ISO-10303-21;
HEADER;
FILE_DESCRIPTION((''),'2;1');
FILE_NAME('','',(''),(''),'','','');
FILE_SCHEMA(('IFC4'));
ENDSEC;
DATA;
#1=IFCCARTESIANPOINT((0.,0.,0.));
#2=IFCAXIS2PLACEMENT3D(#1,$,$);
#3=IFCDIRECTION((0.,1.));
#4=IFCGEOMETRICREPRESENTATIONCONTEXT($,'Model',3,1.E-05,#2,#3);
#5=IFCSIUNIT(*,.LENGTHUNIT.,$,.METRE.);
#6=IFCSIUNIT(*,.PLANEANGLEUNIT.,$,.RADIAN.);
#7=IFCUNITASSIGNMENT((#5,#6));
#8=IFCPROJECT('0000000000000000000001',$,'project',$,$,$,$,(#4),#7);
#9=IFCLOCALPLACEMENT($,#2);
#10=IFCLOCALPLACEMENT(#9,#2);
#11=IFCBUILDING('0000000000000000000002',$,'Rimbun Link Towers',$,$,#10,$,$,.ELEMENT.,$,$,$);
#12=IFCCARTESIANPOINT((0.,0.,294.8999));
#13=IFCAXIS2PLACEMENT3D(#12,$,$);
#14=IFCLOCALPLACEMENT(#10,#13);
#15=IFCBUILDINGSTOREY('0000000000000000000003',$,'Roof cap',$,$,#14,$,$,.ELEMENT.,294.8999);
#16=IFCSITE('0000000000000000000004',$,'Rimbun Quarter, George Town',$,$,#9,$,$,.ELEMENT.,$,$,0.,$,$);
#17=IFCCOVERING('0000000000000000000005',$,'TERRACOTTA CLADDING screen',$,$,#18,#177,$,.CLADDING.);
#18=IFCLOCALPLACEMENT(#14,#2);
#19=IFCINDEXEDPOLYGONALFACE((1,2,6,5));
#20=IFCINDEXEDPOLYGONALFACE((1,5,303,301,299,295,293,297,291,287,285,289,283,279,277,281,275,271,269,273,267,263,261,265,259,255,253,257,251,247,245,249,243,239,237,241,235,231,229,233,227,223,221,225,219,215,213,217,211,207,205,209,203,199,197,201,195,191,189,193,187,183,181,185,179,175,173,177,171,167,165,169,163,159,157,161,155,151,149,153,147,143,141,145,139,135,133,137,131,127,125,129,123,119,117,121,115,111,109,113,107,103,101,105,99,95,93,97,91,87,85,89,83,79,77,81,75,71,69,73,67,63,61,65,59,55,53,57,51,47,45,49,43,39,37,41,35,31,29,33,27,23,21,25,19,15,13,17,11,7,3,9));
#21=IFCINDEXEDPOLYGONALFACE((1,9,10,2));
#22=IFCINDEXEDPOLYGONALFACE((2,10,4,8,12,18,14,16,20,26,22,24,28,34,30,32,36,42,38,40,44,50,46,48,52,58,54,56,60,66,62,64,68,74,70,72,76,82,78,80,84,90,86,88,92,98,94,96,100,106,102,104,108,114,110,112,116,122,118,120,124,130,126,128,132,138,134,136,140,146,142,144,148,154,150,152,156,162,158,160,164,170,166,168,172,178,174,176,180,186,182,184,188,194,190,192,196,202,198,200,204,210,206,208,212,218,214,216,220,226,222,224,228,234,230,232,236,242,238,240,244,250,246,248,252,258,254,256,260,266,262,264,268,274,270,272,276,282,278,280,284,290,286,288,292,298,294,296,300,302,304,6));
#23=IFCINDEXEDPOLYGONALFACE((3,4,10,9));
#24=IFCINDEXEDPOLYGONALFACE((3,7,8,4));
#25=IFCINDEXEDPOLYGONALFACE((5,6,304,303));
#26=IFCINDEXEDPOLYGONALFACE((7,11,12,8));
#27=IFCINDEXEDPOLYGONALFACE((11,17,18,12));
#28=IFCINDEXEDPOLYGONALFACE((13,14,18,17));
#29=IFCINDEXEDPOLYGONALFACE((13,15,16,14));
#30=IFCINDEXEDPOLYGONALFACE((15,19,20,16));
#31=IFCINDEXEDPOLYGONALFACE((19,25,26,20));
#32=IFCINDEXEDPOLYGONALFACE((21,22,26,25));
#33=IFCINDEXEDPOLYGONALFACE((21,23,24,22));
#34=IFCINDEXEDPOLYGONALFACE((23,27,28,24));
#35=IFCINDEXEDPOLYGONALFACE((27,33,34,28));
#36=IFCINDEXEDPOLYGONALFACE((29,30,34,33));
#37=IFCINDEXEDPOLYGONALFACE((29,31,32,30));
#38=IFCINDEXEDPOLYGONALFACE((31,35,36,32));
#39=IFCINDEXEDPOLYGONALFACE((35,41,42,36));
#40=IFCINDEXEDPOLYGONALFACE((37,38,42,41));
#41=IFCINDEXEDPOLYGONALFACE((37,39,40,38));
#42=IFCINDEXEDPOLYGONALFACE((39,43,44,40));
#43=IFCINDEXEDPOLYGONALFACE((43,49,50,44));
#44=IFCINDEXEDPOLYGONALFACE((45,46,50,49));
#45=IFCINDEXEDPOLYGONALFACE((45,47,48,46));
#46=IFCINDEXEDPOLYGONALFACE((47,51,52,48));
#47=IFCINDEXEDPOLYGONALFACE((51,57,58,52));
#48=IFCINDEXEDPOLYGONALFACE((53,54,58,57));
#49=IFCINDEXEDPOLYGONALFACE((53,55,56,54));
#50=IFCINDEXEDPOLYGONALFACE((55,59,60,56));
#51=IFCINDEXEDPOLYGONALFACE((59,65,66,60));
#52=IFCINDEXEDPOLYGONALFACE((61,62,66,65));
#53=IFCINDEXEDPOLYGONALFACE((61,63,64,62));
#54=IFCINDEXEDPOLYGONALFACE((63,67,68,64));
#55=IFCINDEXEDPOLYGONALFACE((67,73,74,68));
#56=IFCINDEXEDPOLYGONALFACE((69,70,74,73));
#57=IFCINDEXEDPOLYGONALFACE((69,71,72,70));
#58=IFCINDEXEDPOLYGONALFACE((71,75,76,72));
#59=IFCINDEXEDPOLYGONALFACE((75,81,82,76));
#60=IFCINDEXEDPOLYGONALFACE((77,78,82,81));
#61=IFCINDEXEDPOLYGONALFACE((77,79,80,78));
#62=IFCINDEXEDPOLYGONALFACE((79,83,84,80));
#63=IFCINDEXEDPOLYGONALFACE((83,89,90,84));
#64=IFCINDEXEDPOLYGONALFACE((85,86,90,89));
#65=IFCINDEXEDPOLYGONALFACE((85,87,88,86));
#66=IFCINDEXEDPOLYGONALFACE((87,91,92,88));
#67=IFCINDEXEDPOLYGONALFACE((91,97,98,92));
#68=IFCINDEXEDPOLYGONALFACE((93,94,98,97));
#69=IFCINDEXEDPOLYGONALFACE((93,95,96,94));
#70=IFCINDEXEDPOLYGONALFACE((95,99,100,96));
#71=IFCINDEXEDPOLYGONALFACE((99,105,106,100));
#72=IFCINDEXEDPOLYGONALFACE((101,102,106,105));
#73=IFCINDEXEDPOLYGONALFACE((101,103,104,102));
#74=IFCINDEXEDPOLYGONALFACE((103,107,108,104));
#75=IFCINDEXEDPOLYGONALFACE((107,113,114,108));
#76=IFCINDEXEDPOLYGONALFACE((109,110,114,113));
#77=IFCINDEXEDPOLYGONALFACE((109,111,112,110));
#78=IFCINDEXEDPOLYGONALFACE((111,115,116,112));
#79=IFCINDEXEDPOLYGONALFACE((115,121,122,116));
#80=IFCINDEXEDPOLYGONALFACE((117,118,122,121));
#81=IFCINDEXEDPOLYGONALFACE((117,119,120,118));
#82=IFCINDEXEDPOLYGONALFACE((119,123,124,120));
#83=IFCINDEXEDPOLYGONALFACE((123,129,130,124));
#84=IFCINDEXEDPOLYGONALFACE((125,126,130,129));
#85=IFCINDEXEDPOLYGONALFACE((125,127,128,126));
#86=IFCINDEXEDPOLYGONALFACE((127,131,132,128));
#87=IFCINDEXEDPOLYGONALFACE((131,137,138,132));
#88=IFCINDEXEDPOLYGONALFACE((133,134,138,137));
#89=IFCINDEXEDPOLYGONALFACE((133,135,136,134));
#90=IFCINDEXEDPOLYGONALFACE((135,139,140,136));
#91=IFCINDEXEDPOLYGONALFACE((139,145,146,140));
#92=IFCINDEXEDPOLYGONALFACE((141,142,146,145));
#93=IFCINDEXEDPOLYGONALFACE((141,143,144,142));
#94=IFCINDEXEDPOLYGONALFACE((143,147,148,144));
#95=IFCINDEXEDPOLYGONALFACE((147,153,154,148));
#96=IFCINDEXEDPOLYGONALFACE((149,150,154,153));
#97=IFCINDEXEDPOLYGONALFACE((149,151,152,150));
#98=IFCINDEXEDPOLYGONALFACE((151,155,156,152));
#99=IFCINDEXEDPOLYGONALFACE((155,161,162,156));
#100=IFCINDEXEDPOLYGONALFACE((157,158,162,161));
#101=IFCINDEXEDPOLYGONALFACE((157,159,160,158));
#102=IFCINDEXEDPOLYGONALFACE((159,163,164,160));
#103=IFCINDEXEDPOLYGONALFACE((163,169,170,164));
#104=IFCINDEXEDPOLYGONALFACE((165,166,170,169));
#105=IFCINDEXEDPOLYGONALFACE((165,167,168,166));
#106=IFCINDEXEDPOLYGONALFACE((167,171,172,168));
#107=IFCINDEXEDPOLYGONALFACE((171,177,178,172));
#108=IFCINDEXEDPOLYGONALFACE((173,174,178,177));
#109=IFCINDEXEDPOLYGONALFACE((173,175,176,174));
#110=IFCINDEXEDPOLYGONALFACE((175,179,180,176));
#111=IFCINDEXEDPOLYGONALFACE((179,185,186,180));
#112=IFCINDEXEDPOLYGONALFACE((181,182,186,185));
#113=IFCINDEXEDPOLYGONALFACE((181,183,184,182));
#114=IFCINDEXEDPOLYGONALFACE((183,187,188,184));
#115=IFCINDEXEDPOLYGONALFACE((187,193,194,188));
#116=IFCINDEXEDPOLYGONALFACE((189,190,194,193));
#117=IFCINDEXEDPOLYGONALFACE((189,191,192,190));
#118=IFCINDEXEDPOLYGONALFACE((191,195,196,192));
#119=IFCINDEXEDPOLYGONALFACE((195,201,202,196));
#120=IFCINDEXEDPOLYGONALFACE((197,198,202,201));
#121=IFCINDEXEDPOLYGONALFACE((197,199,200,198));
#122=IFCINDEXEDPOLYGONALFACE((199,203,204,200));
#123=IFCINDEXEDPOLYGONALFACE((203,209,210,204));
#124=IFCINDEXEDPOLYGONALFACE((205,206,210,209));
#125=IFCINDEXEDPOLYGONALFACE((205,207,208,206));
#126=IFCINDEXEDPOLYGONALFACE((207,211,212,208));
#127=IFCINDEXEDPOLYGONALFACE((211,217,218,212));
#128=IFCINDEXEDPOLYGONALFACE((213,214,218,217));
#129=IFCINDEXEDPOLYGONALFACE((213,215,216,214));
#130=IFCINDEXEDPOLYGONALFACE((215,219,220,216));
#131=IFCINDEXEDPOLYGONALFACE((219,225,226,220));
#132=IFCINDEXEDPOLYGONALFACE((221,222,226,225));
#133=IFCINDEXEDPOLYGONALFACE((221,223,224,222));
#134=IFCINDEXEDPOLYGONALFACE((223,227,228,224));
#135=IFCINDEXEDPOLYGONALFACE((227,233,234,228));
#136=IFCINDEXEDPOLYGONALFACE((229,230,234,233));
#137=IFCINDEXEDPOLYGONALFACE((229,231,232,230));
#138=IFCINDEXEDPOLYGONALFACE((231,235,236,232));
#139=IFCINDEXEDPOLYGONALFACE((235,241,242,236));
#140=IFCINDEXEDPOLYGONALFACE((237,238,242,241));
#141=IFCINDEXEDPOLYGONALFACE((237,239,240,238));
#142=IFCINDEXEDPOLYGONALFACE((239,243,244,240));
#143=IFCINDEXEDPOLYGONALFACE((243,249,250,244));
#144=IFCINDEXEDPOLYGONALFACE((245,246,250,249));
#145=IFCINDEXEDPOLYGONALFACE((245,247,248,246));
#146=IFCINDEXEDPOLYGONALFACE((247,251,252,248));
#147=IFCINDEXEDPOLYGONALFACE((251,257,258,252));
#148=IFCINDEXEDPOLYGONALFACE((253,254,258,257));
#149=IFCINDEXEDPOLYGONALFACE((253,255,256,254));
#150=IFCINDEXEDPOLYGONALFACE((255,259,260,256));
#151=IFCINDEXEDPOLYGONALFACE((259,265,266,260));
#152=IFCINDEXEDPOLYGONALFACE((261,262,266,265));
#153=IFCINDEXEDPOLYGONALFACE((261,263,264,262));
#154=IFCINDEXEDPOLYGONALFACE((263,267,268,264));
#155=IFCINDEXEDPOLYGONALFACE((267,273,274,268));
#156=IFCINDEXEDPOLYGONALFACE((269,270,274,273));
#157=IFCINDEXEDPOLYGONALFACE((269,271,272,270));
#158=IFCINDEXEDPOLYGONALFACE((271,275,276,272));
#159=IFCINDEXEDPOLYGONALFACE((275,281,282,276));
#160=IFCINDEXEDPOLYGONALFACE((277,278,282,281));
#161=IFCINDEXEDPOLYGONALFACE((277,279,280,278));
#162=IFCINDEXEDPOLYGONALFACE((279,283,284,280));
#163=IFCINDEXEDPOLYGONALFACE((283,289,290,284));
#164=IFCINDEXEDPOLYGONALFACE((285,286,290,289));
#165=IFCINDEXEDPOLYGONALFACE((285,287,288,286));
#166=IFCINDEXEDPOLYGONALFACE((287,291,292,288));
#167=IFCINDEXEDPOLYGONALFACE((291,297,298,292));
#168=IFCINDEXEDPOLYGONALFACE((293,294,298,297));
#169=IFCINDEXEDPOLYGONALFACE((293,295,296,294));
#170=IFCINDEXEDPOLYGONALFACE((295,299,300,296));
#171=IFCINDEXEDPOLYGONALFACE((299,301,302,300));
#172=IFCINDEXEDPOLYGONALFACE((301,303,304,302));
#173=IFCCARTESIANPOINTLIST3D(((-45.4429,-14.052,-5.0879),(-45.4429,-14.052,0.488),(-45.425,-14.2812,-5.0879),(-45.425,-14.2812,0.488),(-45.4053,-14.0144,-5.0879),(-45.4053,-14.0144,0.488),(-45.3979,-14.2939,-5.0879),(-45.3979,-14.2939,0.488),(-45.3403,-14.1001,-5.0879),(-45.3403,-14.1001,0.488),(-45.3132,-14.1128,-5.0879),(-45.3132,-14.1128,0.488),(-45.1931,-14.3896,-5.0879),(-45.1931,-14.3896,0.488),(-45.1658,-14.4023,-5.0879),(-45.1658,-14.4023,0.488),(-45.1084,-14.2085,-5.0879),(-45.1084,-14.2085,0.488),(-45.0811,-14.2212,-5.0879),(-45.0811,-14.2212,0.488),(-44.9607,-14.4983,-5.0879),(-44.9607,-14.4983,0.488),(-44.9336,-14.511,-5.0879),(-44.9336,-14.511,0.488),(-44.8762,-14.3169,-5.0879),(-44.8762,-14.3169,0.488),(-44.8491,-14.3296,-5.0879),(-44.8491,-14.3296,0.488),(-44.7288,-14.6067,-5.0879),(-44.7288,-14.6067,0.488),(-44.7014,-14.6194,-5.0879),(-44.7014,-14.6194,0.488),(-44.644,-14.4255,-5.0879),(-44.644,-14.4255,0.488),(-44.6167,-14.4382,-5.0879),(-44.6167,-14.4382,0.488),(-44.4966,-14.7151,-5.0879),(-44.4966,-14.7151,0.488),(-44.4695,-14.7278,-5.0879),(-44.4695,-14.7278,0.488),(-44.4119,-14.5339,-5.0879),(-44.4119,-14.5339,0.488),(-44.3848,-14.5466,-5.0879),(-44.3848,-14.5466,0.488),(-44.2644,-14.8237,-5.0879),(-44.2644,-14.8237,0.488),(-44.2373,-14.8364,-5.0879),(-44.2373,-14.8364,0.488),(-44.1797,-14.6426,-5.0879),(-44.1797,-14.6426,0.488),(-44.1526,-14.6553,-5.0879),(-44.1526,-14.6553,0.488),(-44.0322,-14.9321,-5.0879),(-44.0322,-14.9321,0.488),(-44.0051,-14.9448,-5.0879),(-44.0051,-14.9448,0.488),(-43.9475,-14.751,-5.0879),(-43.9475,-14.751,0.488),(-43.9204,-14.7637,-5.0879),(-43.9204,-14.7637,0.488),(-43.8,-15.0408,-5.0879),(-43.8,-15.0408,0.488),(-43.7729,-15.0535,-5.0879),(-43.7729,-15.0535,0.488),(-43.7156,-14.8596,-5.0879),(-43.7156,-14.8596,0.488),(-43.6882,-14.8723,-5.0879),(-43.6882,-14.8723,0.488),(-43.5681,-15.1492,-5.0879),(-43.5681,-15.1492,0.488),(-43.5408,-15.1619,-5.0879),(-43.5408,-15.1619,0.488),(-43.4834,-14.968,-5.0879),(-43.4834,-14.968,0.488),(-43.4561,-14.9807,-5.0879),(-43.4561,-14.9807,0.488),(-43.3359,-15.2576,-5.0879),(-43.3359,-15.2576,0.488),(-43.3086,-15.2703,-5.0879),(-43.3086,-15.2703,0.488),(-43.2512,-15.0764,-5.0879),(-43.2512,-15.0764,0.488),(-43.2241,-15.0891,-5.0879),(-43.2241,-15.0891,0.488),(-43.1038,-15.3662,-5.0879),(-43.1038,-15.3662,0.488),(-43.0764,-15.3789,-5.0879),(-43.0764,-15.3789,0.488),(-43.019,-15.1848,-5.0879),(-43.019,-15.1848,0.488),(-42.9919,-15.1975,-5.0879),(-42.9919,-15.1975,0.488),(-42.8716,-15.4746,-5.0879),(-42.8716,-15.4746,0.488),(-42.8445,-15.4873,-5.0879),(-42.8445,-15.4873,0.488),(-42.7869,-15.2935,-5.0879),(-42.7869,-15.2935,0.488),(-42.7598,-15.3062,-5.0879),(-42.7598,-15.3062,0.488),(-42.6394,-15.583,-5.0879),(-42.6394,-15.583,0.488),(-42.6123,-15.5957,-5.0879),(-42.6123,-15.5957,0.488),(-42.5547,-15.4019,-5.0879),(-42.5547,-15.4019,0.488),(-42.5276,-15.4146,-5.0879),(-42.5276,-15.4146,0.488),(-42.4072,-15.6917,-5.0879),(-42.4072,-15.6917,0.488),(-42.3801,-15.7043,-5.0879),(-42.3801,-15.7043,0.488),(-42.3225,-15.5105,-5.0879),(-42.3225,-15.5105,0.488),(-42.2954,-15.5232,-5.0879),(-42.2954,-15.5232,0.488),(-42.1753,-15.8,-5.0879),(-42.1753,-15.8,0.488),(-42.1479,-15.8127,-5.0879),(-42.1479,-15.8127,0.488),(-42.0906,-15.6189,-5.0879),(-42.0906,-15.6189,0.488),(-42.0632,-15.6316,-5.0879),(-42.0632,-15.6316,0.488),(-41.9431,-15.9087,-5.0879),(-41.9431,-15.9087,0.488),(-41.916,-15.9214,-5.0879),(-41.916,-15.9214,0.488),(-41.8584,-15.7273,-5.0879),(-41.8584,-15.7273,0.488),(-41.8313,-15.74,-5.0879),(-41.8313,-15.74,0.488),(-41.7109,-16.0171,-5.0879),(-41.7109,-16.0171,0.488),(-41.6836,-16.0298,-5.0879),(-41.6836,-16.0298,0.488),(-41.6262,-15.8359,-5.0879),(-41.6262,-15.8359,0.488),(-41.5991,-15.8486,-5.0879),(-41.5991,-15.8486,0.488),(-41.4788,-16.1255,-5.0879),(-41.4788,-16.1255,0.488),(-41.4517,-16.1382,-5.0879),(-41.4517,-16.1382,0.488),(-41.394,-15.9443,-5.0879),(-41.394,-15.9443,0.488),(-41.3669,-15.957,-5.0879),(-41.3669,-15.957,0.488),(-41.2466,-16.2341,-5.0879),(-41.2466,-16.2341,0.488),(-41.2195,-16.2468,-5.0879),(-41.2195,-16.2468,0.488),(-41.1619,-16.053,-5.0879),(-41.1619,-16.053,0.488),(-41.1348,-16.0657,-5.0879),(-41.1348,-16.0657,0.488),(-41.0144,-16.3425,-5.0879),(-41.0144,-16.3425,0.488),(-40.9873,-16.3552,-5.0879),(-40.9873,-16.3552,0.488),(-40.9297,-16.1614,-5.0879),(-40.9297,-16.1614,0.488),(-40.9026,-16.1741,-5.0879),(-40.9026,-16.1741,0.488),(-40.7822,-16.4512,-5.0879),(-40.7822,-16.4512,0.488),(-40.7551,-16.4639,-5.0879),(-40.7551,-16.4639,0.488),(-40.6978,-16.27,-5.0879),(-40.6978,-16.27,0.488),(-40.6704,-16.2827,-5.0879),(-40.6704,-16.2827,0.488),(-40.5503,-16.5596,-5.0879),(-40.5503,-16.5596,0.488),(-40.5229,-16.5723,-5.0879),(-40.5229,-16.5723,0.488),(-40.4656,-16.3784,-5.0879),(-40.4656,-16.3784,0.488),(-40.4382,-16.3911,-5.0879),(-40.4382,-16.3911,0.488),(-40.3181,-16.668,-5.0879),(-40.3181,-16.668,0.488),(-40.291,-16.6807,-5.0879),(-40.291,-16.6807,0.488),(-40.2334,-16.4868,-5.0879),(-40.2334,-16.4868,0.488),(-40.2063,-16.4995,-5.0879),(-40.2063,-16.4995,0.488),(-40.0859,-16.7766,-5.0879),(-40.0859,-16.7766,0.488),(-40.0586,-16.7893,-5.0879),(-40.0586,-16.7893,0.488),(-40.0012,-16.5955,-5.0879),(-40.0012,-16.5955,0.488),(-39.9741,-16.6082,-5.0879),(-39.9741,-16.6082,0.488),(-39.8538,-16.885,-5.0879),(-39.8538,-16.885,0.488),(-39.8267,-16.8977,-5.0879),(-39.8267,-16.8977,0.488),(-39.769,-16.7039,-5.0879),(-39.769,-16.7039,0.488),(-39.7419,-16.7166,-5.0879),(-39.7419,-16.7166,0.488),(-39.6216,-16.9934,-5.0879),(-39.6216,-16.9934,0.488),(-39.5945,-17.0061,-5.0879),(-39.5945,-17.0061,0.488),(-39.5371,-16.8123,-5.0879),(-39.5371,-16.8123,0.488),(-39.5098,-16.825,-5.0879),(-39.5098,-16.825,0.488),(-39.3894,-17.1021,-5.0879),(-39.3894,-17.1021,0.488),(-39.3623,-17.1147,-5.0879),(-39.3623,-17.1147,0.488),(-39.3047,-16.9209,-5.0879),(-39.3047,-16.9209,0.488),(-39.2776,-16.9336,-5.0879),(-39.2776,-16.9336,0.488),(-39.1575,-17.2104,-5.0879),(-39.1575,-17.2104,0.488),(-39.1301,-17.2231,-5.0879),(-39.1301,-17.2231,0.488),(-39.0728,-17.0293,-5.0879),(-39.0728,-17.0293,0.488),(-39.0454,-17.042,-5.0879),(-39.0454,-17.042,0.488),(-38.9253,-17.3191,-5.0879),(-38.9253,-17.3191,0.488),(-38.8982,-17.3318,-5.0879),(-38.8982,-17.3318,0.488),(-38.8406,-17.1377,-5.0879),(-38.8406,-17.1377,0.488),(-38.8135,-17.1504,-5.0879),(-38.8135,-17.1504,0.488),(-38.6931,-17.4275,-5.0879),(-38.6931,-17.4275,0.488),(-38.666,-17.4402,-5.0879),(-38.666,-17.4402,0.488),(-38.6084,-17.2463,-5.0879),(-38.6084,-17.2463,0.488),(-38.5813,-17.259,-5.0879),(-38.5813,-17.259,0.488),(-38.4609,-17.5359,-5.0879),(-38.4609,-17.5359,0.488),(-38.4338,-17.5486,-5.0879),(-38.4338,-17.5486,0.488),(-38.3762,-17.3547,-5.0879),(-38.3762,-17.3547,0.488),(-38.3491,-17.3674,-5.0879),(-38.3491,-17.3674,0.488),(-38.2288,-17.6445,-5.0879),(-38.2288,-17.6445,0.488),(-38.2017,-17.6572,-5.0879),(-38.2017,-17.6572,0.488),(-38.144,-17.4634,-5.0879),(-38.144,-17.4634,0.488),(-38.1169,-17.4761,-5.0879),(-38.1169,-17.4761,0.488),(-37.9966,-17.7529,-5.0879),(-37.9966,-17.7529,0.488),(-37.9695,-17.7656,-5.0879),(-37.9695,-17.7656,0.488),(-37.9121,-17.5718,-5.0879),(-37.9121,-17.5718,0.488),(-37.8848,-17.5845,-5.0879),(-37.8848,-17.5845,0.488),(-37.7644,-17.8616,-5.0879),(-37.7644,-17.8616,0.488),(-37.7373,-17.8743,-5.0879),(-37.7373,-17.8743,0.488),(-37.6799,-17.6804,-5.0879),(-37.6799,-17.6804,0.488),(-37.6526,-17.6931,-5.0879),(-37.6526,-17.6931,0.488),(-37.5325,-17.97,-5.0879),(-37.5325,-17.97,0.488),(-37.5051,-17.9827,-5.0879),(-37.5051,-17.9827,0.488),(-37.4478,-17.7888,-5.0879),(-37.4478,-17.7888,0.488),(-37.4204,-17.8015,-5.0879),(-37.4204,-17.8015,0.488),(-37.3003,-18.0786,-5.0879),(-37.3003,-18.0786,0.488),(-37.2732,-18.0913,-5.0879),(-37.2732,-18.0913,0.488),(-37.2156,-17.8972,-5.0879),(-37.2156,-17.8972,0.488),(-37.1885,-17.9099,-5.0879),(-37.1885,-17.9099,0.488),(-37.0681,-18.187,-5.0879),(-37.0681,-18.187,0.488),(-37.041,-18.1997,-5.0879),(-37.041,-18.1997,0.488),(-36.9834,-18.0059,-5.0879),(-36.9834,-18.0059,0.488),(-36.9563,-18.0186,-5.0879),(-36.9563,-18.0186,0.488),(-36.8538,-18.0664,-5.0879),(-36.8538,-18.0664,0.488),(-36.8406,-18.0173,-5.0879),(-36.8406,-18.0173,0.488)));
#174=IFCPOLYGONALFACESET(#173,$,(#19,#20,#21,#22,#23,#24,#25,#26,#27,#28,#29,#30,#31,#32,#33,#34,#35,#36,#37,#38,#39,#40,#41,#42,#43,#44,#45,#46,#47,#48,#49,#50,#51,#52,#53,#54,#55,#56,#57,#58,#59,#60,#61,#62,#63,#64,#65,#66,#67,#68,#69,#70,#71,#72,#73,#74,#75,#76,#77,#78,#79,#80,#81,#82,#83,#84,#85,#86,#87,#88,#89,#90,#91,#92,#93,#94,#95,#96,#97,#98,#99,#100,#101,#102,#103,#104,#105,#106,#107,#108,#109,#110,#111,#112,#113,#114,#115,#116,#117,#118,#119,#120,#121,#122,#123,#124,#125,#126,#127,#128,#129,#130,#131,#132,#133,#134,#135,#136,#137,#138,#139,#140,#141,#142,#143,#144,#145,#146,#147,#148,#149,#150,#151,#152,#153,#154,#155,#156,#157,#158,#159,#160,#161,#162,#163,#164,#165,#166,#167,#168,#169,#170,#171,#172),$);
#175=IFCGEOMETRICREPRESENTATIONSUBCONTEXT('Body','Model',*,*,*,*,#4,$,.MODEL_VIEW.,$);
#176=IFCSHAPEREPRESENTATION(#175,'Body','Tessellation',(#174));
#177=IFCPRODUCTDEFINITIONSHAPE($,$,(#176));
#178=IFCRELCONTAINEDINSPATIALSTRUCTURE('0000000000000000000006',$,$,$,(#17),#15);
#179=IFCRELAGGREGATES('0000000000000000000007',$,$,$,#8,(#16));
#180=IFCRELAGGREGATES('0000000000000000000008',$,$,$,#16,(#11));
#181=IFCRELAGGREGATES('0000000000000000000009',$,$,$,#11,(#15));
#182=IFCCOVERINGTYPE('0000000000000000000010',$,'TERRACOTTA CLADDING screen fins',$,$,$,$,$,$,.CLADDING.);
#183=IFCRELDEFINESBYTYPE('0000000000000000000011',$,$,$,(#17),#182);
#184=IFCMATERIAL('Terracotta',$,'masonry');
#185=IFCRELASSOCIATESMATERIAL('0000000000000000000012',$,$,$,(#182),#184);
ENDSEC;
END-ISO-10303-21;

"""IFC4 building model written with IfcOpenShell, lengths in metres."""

from ifc_helpers import new_model, si_unit, direction, frame, origin, place, context, subcontext, project, spatial, polyline, outline, extrude, material, type_object, element, save


model = new_model("IFC4")

# Units and contexts
model_context = context("Model", 3, precision=1e-05, world=origin(), true_north=direction((0.0, 1.0)))
body_context = subcontext(model_context, "Body", "Model", "MODEL_VIEW")
ifc_project = project(units=[si_unit("LENGTHUNIT", "METRE"), si_unit("PLANEANGLEUNIT", "RADIAN")], contexts=[model_context])

# Site, building, storey
site_placement = place(None, origin())
site = spatial("IfcSite", under=ifc_project, at=site_placement, Name="Rimbun Quarter, George Town", CompositionType="ELEMENT", RefElevation=0.0)
building_placement = place(site_placement, origin())
building = spatial("IfcBuilding", under=site, at=building_placement, Name="Rimbun Link Towers", CompositionType="ELEMENT")
storey_placement = place(building_placement, frame((0.0, 0.0, 294.8999)))
storey = spatial("IfcBuildingStorey", under=building, at=storey_placement, Name="Roof cap", CompositionType="ELEMENT", Elevation=294.8999)

# Covering
ifc_material = material(Name="Terracotta", Category="masonry")
covering_type = type_object("IfcCoveringType", Name="TERRACOTTA CLADDING screen fins", PredefinedType="CLADDING", material=ifc_material)
covering_1_placement = place(storey_placement, frame((0.0, 0.0, -5.0879)))
element("IfcCovering", 1, at=covering_1_placement, inside=storey, type_object=covering_type, Name="TERRACOTTA CLADDING screen", PredefinedType="CLADDING", context=body_context, shape_type="SweptSolid", body=[
    extrude(outline(polyline([(-45.4429, -14.052), (-45.3403, -14.1001), (-45.425, -14.2812), (-45.3979, -14.2939), (-45.3132, -14.1128), (-45.1084, -14.2085), (-45.1931, -14.3896), (-45.1658, -14.4023), (-45.0811, -14.2212), (-44.8762, -14.3169), (-44.9607, -14.4983), (-44.9336, -14.511), (-44.8491, -14.3296), (-44.644, -14.4255), (-44.7288, -14.6067), (-44.7014, -14.6194), (-44.6167, -14.4382), (-44.4119, -14.5339), (-44.4966, -14.7151), (-44.4695, -14.7278), (-44.3848, -14.5466), (-44.1797, -14.6426), (-44.2644, -14.8237), (-44.2373, -14.8364), (-44.1526, -14.6553), (-43.9475, -14.751), (-44.0322, -14.9321), (-44.0051, -14.9448), (-43.9204, -14.7637), (-43.7156, -14.8596), (-43.8, -15.0408), (-43.7729, -15.0535), (-43.6882, -14.8723), (-43.4834, -14.968), (-43.5681, -15.1492), (-43.5408, -15.1619), (-43.4561, -14.9807), (-43.2512, -15.0764), (-43.3359, -15.2576), (-43.3086, -15.2703), (-43.2241, -15.0891), (-43.019, -15.1848), (-43.1038, -15.3662), (-43.0764, -15.3789), (-42.9919, -15.1975), (-42.7869, -15.2935), (-42.8716, -15.4746), (-42.8445, -15.4873), (-42.7598, -15.3062), (-42.5547, -15.4019), (-42.6394, -15.583), (-42.6123, -15.5957), (-42.5276, -15.4146), (-42.3225, -15.5105), (-42.4072, -15.6917), (-42.3801, -15.7043), (-42.2954, -15.5232), (-42.0906, -15.6189), (-42.1753, -15.8), (-42.1479, -15.8127), (-42.0632, -15.6316), (-41.8584, -15.7273), (-41.9431, -15.9087), (-41.916, -15.9214), (-41.8313, -15.74), (-41.6262, -15.8359), (-41.7109, -16.0171), (-41.6836, -16.0298), (-41.5991, -15.8486), (-41.394, -15.9443), (-41.4788, -16.1255), (-41.4517, -16.1382), (-41.3669, -15.957), (-41.1619, -16.053), (-41.2466, -16.2341), (-41.2195, -16.2468), (-41.1348, -16.0657), (-40.9297, -16.1614), (-41.0144, -16.3425), (-40.9873, -16.3552), (-40.9026, -16.1741), (-40.6978, -16.27), (-40.7822, -16.4512), (-40.7551, -16.4639), (-40.6704, -16.2827), (-40.4656, -16.3784), (-40.5503, -16.5596), (-40.5229, -16.5723), (-40.4382, -16.3911), (-40.2334, -16.4868), (-40.3181, -16.668), (-40.291, -16.6807), (-40.2063, -16.4995), (-40.0012, -16.5955), (-40.0859, -16.7766), (-40.0586, -16.7893), (-39.9741, -16.6082), (-39.769, -16.7039), (-39.8538, -16.885), (-39.8267, -16.8977), (-39.7419, -16.7166), (-39.5371, -16.8123), (-39.6216, -16.9934), (-39.5945, -17.0061), (-39.5098, -16.825), (-39.3047, -16.9209), (-39.3894, -17.1021), (-39.3623, -17.1147), (-39.2776, -16.9336), (-39.0728, -17.0293), (-39.1575, -17.2104), (-39.1301, -17.2231), (-39.0454, -17.042), (-38.8406, -17.1377), (-38.9253, -17.3191), (-38.8982, -17.3318), (-38.8135, -17.1504), (-38.6084, -17.2463), (-38.6931, -17.4275), (-38.666, -17.4402), (-38.5813, -17.259), (-38.3762, -17.3547), (-38.4609, -17.5359), (-38.4338, -17.5486), (-38.3491, -17.3674), (-38.144, -17.4634), (-38.2288, -17.6445), (-38.2017, -17.6572), (-38.1169, -17.4761), (-37.9121, -17.5718), (-37.9966, -17.7529), (-37.9695, -17.7656), (-37.8848, -17.5845), (-37.6799, -17.6804), (-37.7644, -17.8616), (-37.7373, -17.8743), (-37.6526, -17.6931), (-37.4478, -17.7888), (-37.5325, -17.97), (-37.5051, -17.9827), (-37.4204, -17.8015), (-37.2156, -17.8972), (-37.3003, -18.0786), (-37.2732, -18.0913), (-37.1885, -17.9099), (-36.9834, -18.0059), (-37.0681, -18.187), (-37.041, -18.1997), (-36.9563, -18.0186), (-36.8538, -18.0664), (-36.8406, -18.0173), (-45.4053, -14.0144), (-45.4429, -14.052)])), origin(), (0.0, 0.0, 1.0), 5.5759),
])

save(model, "model.ifc")
